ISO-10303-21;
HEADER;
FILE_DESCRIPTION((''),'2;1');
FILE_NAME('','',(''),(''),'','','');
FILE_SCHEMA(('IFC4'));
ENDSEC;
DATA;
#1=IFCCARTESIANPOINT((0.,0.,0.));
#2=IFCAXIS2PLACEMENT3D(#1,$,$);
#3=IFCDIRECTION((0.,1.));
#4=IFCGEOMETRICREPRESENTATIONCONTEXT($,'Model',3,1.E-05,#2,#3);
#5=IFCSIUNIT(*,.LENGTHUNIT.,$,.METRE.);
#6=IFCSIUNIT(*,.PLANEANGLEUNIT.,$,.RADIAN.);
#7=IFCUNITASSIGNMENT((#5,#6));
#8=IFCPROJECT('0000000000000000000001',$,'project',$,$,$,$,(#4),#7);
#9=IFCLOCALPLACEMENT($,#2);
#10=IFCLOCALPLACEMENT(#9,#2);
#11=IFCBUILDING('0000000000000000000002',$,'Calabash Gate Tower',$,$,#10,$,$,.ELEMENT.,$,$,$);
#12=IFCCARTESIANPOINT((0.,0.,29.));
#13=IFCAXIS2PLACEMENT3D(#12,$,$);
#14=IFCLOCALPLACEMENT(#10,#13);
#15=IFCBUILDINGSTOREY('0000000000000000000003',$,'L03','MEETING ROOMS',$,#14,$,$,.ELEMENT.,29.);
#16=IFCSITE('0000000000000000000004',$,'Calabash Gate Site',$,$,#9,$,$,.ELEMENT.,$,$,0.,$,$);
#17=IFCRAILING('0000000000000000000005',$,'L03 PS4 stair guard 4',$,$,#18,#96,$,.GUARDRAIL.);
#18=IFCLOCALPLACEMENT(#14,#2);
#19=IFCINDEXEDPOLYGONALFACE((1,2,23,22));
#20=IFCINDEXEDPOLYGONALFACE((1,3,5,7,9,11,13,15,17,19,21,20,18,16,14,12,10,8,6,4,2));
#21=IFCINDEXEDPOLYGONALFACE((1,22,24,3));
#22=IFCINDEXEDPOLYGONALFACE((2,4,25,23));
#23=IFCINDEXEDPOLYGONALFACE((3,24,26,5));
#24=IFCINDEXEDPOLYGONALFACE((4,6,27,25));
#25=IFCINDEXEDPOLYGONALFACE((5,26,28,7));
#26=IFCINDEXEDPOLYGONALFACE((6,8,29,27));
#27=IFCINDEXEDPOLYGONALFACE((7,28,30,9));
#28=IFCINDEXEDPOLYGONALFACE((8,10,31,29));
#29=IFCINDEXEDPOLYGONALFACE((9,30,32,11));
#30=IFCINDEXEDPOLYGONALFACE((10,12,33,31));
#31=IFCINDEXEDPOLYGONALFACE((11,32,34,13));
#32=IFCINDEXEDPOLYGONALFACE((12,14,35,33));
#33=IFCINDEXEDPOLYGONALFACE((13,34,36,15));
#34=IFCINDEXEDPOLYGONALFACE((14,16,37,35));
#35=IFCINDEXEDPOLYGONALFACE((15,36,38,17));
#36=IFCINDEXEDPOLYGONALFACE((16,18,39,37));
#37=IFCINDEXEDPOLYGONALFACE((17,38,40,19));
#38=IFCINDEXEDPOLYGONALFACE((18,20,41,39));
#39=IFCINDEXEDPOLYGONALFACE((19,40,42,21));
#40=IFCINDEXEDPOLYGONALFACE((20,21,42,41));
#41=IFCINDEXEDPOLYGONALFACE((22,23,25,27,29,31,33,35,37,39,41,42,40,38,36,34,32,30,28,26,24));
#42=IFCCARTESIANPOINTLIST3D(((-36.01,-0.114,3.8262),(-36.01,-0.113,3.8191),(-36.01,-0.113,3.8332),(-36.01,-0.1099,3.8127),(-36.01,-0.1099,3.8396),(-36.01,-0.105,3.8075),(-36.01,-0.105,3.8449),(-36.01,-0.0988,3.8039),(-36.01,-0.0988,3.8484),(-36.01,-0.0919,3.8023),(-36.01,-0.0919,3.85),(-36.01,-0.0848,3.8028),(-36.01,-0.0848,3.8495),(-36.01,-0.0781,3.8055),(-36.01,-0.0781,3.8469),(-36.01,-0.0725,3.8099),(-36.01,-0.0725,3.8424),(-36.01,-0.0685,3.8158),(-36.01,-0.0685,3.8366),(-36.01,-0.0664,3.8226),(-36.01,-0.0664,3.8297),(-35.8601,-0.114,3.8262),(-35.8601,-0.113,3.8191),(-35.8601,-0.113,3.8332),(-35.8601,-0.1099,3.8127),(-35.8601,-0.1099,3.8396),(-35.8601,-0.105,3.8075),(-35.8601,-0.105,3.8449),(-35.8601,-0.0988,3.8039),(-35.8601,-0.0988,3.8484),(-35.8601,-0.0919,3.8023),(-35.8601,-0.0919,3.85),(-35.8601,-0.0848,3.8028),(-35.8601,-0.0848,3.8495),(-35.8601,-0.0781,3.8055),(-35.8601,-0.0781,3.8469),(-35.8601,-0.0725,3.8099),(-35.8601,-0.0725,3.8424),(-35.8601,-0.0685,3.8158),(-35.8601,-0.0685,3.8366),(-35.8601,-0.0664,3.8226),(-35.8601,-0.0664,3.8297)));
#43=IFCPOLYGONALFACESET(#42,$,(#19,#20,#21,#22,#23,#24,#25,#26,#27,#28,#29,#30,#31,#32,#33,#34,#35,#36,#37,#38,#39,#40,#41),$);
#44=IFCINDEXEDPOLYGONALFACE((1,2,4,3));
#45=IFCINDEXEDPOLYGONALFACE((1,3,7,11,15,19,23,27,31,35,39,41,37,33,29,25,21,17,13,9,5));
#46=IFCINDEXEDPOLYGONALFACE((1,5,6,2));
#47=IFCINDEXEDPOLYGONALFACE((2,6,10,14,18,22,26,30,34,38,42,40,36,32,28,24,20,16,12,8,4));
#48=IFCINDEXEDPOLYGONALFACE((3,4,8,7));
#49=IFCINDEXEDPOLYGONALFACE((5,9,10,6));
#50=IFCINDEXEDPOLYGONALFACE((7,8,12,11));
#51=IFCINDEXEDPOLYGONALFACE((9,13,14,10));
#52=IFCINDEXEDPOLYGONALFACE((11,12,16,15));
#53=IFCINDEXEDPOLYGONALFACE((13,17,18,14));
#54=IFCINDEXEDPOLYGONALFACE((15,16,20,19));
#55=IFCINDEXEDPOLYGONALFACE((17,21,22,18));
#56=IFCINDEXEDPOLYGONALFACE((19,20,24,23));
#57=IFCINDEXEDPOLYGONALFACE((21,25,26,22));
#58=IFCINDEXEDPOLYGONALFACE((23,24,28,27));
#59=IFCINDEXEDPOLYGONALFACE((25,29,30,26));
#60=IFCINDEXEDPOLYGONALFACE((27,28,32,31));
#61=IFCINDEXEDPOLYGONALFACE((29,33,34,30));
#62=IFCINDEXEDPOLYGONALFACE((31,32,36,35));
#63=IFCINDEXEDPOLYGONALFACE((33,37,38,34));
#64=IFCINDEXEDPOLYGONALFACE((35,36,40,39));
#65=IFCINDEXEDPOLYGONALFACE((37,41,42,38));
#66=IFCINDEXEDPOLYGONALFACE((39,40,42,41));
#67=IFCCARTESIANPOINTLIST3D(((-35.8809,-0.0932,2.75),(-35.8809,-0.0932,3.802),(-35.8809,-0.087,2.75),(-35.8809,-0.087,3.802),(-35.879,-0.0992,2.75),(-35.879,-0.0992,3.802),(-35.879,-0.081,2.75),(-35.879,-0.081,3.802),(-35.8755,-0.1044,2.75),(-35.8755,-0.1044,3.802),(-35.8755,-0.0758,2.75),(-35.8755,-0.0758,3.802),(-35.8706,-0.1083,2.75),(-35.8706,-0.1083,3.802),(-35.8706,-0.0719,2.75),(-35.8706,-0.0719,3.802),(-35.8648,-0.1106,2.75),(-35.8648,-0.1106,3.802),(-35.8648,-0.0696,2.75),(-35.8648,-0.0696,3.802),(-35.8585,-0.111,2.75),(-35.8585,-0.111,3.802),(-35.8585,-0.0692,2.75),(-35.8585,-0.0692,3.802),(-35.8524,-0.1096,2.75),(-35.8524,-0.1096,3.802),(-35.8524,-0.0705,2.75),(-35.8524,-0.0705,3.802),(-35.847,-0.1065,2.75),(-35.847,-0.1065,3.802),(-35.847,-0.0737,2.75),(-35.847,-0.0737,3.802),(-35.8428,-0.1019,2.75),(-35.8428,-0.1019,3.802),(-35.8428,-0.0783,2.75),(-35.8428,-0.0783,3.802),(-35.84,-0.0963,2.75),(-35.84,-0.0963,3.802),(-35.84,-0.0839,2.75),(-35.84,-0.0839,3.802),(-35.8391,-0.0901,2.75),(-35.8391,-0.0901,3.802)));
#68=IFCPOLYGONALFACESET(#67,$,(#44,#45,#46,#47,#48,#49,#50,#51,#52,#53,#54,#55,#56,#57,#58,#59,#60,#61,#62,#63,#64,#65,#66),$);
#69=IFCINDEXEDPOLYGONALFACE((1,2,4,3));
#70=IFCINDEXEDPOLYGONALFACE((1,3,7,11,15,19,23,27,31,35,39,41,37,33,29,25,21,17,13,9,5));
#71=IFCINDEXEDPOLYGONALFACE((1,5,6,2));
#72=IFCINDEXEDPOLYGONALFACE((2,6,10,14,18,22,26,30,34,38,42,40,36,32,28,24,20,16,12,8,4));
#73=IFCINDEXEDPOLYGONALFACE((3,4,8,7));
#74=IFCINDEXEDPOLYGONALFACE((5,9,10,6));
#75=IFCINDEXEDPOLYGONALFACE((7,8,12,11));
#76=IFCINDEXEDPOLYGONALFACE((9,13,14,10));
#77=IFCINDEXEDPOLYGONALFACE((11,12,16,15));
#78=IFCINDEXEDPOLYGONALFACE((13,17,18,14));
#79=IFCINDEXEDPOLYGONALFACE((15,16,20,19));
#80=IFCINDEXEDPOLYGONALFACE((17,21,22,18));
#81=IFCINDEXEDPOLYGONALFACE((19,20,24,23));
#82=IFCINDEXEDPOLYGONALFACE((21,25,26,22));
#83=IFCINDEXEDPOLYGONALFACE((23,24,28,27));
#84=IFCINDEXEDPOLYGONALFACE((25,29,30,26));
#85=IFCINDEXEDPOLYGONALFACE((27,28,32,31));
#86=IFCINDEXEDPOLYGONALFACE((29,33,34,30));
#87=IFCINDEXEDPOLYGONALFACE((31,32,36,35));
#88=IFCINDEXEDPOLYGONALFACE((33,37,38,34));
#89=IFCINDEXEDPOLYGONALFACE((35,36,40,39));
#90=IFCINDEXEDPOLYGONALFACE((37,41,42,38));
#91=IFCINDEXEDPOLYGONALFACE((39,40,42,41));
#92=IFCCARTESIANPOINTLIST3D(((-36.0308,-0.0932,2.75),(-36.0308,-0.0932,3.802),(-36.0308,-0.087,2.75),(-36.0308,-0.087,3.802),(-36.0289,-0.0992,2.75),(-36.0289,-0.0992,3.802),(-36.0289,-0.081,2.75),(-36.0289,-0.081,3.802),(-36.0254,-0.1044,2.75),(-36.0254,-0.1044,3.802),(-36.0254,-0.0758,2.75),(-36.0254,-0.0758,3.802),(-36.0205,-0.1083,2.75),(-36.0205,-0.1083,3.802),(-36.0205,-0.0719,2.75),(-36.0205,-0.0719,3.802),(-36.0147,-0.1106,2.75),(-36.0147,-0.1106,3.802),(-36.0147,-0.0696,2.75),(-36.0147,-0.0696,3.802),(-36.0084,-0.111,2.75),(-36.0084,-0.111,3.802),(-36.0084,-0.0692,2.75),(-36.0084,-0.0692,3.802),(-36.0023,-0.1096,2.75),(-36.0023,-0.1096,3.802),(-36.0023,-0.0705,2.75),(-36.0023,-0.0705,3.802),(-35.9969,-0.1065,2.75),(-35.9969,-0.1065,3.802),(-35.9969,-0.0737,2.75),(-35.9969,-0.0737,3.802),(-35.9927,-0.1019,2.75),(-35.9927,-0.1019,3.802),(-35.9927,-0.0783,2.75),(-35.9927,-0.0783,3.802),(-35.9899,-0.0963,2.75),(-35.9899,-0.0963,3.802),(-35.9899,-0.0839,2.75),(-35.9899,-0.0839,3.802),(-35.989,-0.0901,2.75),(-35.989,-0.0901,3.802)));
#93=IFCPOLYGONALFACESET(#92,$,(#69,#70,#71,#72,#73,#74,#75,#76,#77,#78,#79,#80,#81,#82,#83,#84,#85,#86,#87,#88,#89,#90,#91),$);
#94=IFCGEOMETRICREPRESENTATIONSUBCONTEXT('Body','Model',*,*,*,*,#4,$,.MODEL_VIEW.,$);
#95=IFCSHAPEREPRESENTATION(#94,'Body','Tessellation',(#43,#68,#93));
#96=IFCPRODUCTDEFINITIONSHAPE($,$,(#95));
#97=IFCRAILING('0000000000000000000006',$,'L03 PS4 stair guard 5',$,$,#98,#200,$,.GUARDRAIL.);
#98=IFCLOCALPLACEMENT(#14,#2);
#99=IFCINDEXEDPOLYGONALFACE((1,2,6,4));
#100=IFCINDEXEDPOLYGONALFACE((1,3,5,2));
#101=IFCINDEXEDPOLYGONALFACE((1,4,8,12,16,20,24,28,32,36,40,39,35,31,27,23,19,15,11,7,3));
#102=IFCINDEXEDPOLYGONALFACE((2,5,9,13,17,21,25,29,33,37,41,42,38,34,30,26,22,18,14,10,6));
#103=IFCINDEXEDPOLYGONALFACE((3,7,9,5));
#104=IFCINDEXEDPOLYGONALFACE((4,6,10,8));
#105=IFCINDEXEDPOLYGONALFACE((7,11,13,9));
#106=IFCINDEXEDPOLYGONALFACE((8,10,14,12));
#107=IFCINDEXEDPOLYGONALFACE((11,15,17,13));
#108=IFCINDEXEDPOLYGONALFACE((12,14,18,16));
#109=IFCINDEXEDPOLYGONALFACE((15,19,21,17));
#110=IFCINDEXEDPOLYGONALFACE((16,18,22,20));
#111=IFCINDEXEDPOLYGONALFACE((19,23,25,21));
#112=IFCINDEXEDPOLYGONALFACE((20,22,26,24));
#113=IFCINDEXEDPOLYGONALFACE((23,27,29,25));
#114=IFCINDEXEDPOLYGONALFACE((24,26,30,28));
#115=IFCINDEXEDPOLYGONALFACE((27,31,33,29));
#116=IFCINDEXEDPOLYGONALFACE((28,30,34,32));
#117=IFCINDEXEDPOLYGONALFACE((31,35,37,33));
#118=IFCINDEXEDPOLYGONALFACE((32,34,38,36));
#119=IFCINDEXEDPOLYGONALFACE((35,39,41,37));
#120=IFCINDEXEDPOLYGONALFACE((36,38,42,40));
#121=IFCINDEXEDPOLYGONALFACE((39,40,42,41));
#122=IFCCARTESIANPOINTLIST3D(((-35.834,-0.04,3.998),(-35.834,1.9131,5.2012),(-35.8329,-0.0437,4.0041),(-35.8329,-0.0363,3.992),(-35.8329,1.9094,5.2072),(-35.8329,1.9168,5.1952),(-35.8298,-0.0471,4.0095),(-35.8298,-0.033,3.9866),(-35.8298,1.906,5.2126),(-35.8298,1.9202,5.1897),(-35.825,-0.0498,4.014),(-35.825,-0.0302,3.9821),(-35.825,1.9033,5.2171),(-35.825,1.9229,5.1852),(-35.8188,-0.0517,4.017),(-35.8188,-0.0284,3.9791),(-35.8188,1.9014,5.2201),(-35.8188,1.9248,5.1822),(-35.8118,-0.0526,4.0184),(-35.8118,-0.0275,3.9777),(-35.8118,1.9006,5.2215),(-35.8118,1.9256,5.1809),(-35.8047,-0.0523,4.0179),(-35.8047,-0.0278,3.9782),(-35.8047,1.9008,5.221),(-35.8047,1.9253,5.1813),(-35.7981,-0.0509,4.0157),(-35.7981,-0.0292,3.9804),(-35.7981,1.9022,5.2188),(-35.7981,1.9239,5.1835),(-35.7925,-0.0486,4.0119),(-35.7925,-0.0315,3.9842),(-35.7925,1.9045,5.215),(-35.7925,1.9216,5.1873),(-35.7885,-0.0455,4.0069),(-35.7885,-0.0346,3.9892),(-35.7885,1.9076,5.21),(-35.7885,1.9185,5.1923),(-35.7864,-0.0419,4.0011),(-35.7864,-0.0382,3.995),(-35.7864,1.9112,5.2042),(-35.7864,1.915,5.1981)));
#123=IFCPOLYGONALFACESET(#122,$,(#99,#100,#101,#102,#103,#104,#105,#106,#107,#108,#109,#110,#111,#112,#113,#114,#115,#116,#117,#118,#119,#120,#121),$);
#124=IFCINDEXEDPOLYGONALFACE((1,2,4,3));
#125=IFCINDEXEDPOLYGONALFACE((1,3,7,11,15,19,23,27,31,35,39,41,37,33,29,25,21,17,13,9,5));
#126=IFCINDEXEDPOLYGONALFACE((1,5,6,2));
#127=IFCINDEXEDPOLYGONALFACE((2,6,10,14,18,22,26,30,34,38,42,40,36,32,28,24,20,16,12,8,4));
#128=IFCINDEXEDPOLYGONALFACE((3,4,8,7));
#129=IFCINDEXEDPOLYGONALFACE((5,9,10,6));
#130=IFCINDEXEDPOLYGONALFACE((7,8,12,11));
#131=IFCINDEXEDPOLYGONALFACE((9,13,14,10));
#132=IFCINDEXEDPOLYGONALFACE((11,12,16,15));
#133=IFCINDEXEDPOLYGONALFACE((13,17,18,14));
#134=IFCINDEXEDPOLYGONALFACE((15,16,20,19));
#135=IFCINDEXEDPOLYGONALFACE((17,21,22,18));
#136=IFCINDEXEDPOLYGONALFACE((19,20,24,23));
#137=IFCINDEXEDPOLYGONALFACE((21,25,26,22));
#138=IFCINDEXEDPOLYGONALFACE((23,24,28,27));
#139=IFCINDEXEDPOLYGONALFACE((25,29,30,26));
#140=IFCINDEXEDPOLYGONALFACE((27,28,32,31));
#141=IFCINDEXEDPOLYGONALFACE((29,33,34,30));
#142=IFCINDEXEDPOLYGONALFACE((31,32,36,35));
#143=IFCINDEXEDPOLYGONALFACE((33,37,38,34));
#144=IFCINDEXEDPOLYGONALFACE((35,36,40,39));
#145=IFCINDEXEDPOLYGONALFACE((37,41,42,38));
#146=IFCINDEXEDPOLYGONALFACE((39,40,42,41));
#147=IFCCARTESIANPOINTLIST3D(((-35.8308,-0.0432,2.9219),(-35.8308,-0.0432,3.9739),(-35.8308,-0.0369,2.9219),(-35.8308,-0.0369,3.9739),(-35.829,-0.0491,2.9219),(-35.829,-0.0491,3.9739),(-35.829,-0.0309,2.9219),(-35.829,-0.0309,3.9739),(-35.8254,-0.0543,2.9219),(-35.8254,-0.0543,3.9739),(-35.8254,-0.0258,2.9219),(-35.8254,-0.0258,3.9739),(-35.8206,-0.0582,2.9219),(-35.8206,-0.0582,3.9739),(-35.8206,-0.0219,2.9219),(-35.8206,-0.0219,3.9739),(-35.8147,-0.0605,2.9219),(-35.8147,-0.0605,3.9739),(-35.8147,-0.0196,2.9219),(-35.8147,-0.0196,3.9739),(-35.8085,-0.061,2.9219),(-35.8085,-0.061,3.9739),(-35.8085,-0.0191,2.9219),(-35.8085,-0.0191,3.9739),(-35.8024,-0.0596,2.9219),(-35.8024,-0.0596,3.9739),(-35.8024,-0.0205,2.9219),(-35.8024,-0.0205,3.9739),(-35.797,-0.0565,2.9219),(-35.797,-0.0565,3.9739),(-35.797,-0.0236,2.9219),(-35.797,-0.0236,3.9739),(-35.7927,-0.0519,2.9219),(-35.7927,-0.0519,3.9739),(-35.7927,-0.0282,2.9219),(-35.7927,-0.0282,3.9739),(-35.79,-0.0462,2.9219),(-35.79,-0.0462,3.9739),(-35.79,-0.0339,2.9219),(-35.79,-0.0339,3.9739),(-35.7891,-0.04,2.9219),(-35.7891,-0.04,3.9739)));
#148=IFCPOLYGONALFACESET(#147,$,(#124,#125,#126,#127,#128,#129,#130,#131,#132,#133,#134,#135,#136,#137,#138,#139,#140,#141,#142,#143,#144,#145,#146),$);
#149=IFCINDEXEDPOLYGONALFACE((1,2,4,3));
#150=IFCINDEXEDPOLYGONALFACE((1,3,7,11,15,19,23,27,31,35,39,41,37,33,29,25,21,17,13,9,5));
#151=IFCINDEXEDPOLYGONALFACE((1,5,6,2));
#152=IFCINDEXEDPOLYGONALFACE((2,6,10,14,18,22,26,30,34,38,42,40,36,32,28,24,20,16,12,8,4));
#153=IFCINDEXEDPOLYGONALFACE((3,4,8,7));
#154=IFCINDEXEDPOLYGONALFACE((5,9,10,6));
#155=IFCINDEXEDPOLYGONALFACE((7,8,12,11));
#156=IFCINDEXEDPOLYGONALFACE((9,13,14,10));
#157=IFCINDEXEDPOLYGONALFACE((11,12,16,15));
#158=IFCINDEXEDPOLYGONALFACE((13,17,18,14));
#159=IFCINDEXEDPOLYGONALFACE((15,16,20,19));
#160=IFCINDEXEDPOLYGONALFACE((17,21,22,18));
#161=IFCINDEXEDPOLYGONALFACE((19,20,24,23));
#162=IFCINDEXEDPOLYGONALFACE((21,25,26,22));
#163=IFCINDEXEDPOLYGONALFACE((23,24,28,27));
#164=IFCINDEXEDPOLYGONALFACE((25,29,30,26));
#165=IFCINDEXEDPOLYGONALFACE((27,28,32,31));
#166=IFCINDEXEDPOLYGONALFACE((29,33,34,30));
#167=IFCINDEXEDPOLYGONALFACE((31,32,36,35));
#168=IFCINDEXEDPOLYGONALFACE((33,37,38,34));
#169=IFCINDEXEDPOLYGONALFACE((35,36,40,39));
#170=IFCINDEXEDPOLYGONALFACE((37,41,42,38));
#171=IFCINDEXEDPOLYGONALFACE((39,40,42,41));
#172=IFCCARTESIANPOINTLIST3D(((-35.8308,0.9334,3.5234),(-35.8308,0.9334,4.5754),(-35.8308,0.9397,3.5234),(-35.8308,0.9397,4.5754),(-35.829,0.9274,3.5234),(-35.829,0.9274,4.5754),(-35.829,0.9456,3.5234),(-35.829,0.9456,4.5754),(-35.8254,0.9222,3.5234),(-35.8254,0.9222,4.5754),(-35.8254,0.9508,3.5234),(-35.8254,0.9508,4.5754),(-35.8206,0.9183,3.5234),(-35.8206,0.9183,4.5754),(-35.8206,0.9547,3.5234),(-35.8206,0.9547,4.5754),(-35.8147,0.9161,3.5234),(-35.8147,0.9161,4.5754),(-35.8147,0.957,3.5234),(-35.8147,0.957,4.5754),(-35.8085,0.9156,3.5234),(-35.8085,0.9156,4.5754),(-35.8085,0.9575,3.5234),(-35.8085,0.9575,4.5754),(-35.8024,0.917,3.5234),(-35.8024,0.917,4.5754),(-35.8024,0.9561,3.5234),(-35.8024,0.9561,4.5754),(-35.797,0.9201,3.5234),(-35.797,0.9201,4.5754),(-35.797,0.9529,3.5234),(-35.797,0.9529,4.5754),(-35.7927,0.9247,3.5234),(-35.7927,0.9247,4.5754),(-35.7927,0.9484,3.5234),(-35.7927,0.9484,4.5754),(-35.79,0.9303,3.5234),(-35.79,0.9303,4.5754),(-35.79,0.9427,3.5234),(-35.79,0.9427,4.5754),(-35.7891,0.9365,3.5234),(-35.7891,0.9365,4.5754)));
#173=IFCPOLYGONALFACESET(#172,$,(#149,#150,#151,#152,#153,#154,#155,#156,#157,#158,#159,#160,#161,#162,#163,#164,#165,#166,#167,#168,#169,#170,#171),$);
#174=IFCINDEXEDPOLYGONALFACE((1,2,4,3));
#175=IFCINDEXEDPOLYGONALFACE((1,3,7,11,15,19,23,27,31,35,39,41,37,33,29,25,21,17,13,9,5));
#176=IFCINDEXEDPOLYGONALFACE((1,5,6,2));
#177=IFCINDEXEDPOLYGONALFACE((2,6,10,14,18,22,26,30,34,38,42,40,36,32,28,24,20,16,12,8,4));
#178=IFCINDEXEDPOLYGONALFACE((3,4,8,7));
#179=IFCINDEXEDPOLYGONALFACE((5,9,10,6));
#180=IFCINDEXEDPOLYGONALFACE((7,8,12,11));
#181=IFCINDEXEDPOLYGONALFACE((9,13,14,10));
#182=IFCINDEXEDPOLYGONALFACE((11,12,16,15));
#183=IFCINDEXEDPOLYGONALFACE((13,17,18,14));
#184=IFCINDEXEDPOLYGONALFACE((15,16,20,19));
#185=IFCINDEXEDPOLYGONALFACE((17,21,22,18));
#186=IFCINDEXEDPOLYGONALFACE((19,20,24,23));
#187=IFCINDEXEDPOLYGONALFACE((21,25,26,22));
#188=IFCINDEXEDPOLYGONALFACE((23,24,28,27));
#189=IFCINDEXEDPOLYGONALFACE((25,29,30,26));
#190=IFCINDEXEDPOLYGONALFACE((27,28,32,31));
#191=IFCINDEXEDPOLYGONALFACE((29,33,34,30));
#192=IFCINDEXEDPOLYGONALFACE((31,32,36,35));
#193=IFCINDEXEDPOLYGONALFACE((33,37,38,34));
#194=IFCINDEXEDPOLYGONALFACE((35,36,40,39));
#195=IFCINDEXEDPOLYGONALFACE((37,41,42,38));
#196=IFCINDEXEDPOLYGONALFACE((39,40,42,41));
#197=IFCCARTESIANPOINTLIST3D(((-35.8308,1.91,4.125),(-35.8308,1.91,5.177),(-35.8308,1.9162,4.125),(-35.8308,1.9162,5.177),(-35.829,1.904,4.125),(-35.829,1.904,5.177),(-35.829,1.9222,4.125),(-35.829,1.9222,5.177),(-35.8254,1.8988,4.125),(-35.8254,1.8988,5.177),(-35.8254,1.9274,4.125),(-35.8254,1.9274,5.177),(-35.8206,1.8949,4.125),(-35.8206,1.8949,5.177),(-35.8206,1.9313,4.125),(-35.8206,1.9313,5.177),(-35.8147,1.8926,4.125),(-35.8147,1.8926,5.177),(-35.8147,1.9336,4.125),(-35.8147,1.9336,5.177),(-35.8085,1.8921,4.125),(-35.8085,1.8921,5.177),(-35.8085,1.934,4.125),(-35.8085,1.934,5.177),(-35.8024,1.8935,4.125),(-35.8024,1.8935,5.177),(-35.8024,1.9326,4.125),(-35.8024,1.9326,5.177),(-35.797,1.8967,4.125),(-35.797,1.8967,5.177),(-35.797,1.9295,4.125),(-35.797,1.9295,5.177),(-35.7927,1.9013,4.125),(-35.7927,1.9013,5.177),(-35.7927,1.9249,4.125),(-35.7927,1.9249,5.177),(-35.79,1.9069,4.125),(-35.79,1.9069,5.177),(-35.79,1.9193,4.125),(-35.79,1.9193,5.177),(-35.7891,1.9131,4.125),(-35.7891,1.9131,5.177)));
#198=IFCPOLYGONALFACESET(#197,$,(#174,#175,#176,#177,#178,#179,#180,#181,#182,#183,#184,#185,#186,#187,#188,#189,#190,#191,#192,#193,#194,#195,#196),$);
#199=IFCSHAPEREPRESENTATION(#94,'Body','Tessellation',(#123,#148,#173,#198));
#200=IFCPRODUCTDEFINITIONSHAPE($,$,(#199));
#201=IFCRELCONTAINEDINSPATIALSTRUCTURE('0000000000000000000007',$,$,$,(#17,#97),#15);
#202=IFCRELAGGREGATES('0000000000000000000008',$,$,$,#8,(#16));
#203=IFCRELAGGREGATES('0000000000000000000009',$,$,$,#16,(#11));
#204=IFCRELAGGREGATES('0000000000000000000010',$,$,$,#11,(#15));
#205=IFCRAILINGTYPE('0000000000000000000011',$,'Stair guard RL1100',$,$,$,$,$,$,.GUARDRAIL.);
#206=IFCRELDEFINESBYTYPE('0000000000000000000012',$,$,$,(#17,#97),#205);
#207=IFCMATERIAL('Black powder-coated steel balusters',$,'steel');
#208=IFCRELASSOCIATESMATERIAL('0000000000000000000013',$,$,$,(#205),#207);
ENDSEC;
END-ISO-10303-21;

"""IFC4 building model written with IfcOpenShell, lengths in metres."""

from ifc_helpers import new_model, si_unit, direction, frame, origin, origin_2d, place, context, subcontext, project, spatial, circle, extrude, material, type_object, element, save


model = new_model("IFC4")

# Units and contexts
model_context = context("Model", 3, precision=1e-05, world=origin(), true_north=direction((0.0, 1.0)))
body_context = subcontext(model_context, "Body", "Model", "MODEL_VIEW")
ifc_project = project(units=[si_unit("LENGTHUNIT", "METRE"), si_unit("PLANEANGLEUNIT", "RADIAN")], contexts=[model_context])

# Site, building, storey
site_placement = place(None, origin())
site = spatial("IfcSite", under=ifc_project, at=site_placement, Name="Calabash Gate Site", CompositionType="ELEMENT", RefElevation=0.0)
building_placement = place(site_placement, origin())
building = spatial("IfcBuilding", under=site, at=building_placement, Name="Calabash Gate Tower", CompositionType="ELEMENT")
storey_placement = place(building_placement, frame((0.0, 0.0, 29.0)))
storey = spatial("IfcBuildingStorey", under=building, at=storey_placement, Name="L03", Description="MEETING ROOMS", CompositionType="ELEMENT", Elevation=29.0)

# Railings
ifc_material_1 = material(Name="Black powder-coated steel balusters", Category="steel")
railing_type_1 = type_object("IfcRailingType", Name="Stair guard RL1100", PredefinedType="GUARDRAIL", material=ifc_material_1)
railing_1_placement = place(storey_placement, frame((-35.8601, -0.0901, 2.75)))
element("IfcRailing", 1, at=railing_1_placement, inside=storey, type_object=railing_type_1, Name="L03 PS4 stair guard 4", PredefinedType="GUARDRAIL", context=body_context, shape_type="SweptSolid", body=[
    extrude(circle(Radius=0.0239, at=origin_2d()), frame((0.0, 0.0, 1.0762), z_axis=(-1.0, 0.0, 0.0), x_axis=(0.0, -1.0, 0.0)), (0.0, 0.0, 1.0), 0.1499),
    extrude(circle(Radius=0.021, at=origin_2d()), origin(), (0.0, 0.0, 1.0), 1.052),
    extrude(circle(Radius=0.021, at=origin_2d()), frame((-0.1499, 0.0, 0.0)), (0.0, 0.0, 1.0), 1.052),
])
railing_2_placement = place(storey_placement, frame((-35.8101, -0.04, 2.9219)))
element("IfcRailing", 2, at=railing_2_placement, inside=storey, type_object=railing_type_1, Name="L03 PS4 stair guard 5", PredefinedType="GUARDRAIL", context=body_context, shape_type="SweptSolid", body=[
    extrude(circle(Radius=0.0239, at=origin_2d()), frame((0.0, 0.0, 1.0762), z_axis=(0.0, 0.851424, 0.524477), x_axis=(-1.0, 0.0, 0.0)), (0.0, 0.0, 1.0), 2.2939),
    extrude(circle(Radius=0.021, at=origin_2d()), origin(), (0.0, 0.0, 1.0), 1.052),
    extrude(circle(Radius=0.021, at=origin_2d()), frame((0.0, 0.9766, 0.6016)), (0.0, 0.0, 1.0), 1.052),
    extrude(circle(Radius=0.021, at=origin_2d()), frame((0.0, 1.9531, 1.2031)), (0.0, 0.0, 1.0), 1.052),
])

save(model, "model.ifc")
